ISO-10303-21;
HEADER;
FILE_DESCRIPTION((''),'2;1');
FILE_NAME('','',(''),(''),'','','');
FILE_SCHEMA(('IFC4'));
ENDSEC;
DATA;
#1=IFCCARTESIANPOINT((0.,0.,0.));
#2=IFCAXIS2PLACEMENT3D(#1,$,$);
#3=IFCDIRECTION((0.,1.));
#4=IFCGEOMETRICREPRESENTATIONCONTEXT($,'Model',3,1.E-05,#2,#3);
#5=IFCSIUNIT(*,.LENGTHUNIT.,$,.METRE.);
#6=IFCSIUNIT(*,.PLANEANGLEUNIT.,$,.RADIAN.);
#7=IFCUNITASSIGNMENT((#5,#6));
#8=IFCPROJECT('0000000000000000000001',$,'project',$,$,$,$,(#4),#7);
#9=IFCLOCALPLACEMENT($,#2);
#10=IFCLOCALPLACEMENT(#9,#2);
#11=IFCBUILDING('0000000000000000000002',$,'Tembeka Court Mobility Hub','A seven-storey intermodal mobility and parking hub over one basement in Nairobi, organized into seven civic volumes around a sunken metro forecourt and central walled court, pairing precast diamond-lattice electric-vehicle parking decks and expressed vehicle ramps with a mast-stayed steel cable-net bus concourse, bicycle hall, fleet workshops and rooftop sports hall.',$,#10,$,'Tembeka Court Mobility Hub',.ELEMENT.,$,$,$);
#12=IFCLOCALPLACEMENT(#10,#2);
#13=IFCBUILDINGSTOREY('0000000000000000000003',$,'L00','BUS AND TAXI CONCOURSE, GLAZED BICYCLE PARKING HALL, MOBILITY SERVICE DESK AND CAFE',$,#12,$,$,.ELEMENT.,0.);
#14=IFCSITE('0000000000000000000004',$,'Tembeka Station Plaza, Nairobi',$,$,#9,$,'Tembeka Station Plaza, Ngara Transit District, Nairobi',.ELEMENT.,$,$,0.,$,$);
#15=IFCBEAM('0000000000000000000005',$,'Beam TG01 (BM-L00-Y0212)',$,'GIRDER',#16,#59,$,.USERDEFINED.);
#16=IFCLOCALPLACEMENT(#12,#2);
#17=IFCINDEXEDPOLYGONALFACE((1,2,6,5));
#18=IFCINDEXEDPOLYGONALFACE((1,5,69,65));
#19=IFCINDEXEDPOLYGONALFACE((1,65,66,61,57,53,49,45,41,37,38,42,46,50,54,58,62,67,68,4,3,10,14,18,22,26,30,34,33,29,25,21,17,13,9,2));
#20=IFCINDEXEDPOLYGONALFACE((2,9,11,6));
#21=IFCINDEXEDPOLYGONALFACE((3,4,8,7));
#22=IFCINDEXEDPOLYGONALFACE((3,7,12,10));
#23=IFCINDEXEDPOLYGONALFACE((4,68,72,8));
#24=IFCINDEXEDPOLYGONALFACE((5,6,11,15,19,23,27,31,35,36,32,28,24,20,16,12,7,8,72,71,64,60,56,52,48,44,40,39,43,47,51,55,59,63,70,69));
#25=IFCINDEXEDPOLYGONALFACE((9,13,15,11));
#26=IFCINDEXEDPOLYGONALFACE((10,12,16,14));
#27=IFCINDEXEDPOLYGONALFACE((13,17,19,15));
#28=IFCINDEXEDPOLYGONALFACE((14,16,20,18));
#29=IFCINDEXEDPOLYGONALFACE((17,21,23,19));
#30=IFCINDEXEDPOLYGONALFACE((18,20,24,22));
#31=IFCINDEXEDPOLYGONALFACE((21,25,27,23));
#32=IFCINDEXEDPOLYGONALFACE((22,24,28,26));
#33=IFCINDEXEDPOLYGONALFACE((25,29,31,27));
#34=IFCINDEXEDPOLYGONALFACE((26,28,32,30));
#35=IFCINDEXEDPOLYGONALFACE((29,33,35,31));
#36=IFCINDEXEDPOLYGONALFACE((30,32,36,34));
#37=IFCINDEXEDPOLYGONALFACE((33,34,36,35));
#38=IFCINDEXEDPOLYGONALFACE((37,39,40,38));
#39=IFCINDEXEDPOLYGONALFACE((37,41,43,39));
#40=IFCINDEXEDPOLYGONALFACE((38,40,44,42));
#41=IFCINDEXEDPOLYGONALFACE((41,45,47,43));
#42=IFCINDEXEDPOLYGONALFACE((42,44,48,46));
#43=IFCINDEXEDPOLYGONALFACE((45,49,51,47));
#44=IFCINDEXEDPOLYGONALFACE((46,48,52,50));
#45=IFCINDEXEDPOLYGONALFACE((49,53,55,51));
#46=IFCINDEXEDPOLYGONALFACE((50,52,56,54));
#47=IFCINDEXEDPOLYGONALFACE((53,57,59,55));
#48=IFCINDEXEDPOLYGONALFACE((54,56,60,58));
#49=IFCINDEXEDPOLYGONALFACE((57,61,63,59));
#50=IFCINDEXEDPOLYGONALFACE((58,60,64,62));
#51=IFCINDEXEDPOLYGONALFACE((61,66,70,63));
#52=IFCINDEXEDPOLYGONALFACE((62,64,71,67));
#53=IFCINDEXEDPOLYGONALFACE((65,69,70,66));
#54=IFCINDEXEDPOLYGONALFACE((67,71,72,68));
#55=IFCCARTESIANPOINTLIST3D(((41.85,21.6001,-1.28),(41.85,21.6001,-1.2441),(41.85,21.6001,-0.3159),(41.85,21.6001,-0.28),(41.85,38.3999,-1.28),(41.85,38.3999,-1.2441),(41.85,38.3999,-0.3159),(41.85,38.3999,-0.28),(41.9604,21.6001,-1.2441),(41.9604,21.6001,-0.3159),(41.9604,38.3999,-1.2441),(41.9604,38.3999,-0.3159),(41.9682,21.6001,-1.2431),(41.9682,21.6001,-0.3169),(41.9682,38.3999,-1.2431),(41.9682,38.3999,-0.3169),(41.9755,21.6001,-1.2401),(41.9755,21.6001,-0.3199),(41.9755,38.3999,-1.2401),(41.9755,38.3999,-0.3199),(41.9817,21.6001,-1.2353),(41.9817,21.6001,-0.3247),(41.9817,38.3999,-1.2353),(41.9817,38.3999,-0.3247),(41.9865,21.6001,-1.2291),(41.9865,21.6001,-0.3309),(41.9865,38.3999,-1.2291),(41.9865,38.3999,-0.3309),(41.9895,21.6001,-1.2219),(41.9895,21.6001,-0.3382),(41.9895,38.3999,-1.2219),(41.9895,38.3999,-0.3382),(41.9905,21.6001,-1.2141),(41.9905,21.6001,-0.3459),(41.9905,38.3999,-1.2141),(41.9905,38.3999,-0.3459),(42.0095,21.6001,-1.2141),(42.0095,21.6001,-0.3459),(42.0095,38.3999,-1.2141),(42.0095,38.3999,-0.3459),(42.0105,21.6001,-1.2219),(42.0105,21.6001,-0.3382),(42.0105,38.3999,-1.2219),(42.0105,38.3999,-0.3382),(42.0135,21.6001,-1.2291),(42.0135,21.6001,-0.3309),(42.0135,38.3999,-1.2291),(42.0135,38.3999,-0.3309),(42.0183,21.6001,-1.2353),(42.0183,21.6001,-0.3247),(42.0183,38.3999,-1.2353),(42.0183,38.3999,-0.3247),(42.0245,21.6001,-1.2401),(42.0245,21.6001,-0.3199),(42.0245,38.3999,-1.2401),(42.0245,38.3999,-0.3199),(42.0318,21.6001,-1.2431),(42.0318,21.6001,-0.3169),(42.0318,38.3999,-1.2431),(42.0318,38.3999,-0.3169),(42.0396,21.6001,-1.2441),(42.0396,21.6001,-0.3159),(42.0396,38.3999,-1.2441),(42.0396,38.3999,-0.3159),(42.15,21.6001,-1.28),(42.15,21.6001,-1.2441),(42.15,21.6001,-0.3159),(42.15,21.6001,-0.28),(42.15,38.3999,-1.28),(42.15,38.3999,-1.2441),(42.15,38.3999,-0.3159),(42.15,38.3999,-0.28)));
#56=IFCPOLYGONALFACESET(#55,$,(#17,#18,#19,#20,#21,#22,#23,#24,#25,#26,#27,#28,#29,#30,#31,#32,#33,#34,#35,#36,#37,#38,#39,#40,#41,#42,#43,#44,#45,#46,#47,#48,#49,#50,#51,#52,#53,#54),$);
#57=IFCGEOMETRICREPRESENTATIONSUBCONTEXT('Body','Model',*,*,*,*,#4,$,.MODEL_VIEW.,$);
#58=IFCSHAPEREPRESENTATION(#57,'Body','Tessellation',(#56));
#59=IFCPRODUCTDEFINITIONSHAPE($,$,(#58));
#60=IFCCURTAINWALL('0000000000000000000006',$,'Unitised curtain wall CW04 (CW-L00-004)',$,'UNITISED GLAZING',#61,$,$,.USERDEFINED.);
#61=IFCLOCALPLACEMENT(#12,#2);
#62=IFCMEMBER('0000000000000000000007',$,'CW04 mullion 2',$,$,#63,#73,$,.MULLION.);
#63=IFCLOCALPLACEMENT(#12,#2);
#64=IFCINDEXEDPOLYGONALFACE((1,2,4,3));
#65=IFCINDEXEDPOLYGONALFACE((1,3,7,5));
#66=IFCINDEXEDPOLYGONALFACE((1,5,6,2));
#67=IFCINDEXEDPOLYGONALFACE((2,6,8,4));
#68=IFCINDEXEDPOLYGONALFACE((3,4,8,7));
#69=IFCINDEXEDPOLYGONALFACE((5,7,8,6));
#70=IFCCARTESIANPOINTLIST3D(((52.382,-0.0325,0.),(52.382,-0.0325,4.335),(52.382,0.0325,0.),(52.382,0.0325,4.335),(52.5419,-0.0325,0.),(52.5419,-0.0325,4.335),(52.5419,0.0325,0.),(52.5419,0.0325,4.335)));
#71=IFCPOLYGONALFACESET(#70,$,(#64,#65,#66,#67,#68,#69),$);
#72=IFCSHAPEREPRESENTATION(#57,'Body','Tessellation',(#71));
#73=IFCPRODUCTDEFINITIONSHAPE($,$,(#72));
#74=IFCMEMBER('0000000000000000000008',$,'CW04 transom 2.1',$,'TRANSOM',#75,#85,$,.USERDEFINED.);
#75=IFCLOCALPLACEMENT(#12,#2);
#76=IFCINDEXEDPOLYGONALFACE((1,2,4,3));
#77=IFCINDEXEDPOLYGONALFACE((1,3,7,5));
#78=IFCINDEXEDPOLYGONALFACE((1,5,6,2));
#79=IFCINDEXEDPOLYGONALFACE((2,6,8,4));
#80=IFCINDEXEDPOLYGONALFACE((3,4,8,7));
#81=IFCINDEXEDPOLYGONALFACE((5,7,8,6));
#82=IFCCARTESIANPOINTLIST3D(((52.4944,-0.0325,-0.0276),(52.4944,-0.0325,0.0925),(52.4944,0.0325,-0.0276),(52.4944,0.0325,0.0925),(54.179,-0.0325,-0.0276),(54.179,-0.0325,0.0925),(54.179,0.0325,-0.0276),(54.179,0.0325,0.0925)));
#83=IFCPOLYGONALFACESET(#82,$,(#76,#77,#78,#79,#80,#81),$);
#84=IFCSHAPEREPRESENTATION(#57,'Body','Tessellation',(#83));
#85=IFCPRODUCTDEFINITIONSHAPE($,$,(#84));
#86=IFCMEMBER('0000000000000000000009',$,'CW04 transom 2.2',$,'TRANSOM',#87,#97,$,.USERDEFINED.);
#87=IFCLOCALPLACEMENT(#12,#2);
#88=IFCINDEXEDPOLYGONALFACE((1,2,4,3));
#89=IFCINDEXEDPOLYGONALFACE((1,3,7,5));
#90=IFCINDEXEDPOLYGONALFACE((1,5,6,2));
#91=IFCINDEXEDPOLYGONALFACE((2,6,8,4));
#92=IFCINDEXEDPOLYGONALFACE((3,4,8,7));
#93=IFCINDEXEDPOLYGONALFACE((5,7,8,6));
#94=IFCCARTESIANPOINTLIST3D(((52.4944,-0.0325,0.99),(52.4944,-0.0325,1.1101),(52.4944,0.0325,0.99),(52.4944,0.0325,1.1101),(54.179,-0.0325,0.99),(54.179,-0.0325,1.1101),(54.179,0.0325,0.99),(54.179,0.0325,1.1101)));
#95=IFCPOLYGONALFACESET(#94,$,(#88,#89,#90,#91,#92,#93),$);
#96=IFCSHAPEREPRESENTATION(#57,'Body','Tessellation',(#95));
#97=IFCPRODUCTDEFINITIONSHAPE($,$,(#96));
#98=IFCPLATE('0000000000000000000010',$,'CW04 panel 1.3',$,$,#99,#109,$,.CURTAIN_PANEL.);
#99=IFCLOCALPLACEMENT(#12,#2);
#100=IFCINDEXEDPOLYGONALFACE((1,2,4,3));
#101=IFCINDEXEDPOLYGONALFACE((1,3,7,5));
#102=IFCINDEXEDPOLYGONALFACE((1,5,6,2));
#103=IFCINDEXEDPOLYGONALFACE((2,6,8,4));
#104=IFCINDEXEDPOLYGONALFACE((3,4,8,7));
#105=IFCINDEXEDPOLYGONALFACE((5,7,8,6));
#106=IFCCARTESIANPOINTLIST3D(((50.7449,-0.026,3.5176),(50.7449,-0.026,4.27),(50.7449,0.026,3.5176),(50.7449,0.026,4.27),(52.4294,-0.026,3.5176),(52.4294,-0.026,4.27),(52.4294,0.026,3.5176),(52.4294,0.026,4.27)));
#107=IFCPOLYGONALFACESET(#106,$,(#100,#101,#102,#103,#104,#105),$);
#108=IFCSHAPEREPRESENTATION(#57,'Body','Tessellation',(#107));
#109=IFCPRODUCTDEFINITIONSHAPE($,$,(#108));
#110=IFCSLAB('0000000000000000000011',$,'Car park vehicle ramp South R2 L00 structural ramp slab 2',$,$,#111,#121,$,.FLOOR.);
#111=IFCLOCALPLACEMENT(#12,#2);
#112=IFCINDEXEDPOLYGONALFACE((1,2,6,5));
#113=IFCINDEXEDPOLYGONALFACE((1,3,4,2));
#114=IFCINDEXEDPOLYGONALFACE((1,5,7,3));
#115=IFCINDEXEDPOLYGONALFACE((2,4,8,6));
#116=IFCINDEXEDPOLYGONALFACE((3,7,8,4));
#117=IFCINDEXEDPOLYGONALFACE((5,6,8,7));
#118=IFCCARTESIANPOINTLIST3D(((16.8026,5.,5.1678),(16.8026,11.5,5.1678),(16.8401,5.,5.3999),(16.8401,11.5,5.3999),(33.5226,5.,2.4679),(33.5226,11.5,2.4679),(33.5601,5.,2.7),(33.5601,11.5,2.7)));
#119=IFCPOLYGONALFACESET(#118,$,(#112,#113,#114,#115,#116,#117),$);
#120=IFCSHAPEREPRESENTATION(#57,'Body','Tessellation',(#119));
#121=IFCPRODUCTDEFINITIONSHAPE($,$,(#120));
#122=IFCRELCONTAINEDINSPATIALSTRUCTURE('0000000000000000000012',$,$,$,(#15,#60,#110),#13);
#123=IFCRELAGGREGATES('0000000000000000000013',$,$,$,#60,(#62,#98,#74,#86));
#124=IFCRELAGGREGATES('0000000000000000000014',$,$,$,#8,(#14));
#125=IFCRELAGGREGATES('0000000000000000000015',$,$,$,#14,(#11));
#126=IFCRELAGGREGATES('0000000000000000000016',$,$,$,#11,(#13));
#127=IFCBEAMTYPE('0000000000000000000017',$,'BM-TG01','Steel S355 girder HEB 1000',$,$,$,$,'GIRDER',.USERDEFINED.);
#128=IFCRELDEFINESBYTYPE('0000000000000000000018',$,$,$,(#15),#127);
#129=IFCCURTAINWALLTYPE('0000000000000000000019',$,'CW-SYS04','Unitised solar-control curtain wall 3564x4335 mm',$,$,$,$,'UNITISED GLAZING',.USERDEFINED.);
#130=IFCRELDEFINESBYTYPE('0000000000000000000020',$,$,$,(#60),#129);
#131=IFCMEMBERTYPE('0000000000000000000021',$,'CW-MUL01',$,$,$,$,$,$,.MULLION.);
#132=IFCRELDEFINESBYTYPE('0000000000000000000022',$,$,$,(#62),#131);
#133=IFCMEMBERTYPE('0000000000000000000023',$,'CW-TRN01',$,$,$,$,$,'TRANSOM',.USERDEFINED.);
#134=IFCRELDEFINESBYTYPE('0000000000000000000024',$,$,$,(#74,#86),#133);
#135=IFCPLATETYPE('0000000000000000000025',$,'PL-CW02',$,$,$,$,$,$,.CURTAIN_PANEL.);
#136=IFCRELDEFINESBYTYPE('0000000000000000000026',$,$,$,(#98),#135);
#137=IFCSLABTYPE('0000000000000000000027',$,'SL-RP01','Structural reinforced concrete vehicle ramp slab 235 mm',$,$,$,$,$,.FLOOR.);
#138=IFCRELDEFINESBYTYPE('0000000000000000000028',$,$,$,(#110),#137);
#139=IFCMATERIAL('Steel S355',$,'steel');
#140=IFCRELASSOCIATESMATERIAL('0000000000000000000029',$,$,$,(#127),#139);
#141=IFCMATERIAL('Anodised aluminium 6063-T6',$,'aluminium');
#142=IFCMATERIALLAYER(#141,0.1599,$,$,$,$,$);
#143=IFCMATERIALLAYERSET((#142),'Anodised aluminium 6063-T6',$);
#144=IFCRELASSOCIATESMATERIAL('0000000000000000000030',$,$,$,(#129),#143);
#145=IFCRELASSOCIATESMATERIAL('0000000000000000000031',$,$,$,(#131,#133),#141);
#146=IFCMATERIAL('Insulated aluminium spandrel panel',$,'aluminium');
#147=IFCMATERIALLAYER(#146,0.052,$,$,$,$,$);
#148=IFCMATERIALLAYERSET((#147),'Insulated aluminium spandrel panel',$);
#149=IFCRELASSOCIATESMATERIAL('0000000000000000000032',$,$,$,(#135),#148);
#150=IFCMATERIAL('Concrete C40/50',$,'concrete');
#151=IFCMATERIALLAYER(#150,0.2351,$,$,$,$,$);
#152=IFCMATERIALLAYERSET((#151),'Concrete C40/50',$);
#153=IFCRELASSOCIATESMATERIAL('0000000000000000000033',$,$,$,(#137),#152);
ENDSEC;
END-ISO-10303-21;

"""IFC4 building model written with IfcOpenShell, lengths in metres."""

from ifc_helpers import new_model, si_unit, direction, frame, origin, origin_2d, place, context, subcontext, project, spatial, polyline, rectangle, i_section, outline, extrude, material, layer, layer_set, material_profile, profile_set, type_object, element, aggregate, save


model = new_model("IFC4")

# Units and contexts
model_context = context("Model", 3, precision=1e-05, world=origin(), true_north=direction((0.0, 1.0)))
body_context = subcontext(model_context, "Body", "Model", "MODEL_VIEW")
ifc_project = project(units=[si_unit("LENGTHUNIT", "METRE"), si_unit("PLANEANGLEUNIT", "RADIAN")], contexts=[model_context])

# Site, building, storey
site_placement = place(None, origin())
site = spatial("IfcSite", under=ifc_project, at=site_placement, Name="Tembeka Station Plaza, Nairobi", LongName="Tembeka Station Plaza, Ngara Transit District, Nairobi", CompositionType="ELEMENT", RefElevation=0.0)
building_placement = place(site_placement, origin())
building = spatial("IfcBuilding", under=site, at=building_placement, Name="Tembeka Court Mobility Hub", Description="A seven-storey intermodal mobility and parking hub over one basement in Nairobi, organized into seven civic volumes around a sunken metro forecourt and central walled court, pairing precast diamond-lattice electric-vehicle parking decks and expressed vehicle ramps with a mast-stayed steel cable-net bus concourse, bicycle hall, fleet workshops and rooftop sports hall.", LongName="Tembeka Court Mobility Hub", CompositionType="ELEMENT")
storey_placement = place(building_placement, origin())
storey = spatial("IfcBuildingStorey", under=building, at=storey_placement, Name="L00", Description="BUS AND TAXI CONCOURSE, GLAZED BICYCLE PARKING HALL, MOBILITY SERVICE DESK AND CAFE", CompositionType="ELEMENT", Elevation=0.0)

# Shared definitions
ifc_material_1 = material(Name="Steel S355", Category="steel")

# Beam
ifc_material_2 = material(Name="Concrete C40/50", Category="concrete")
ifc_material_profile_1 = material_profile(ifc_material_1, i_section(OverallWidth=0.3, OverallDepth=1.0, WebThickness=0.019, FlangeThickness=0.0359, FilletRadius=0.03, at=origin_2d()), Name="HEB 1000")
ifc_profile_set_1 = profile_set([ifc_material_profile_1], Name="Steel S355")
beam_type_1 = type_object("IfcBeamType", Name="BM-TG01", Description="Steel S355 girder HEB 1000", ElementType="GIRDER", PredefinedType="USERDEFINED", material=ifc_profile_set_1)
for number, where, z_axis, x_axis, name in (
    (1, (42.0, 21.6001, -0.78), (0.0, 1.0, 0.0), (-1.0, 0.0, 0.0), "Beam TG01 (BM-L00-Y0212)"),
):
    element("IfcBeam", number, at=place(storey_placement, frame(where, z_axis=z_axis, x_axis=x_axis)), inside=storey, type_object=beam_type_1, Name=name, ObjectType="GIRDER", PredefinedType="USERDEFINED", context=body_context, shape_type="SweptSolid", body=[
        extrude(i_section(OverallWidth=0.3, OverallDepth=1.0, WebThickness=0.019, FlangeThickness=0.0359, FilletRadius=0.03, at=origin_2d()), origin(), (0.0, 0.0, 1.0), 16.7998),
    ])

# Curtain wall, members, plate
ifc_material_3 = material(Name="Anodised aluminium 6063-T6", Category="aluminium")
ifc_layer_1 = layer(ifc_material_3, 0.1599)
ifc_layer_set_1 = layer_set([ifc_layer_1], Name="Anodised aluminium 6063-T6")
curtain_wall_type = type_object("IfcCurtainWallType", Name="CW-SYS04", Description="Unitised solar-control curtain wall 3564x4335 mm", ElementType="UNITISED GLAZING", PredefinedType="USERDEFINED", material=ifc_layer_set_1)
curtain_wall_placement = place(storey_placement, origin())
curtain_wall = element("IfcCurtainWall", 2, at=curtain_wall_placement, inside=storey, type_object=curtain_wall_type, Name="Unitised curtain wall CW04 (CW-L00-004)", ObjectType="UNITISED GLAZING", PredefinedType="USERDEFINED")
ifc_material_profile_2 = material_profile(ifc_material_3, rectangle(XDim=0.0649, YDim=0.1599, at=origin_2d()), Name="ALU-MUL 65x160")
ifc_profile_set_2 = profile_set([ifc_material_profile_2], Name="Anodised aluminium 6063-T6")
member_type_1 = type_object("IfcMemberType", Name="CW-MUL01", PredefinedType="MULLION", material=ifc_profile_set_2)
member_1_placement = place(storey_placement, frame((52.4619, 0.0, 0.0), z_axis=(0.0, 0.0, 1.0), x_axis=(0.0, 1.0, 0.0)))
member_1 = element("IfcMember", 3, at=member_1_placement, type_object=member_type_1, Name="CW04 mullion 2", PredefinedType="MULLION", context=body_context, shape_type="SweptSolid", body=[
    extrude(rectangle(XDim=0.0649, YDim=0.1599, at=origin_2d()), origin(), (0.0, 0.0, 1.0), 4.335),
])
ifc_material_profile_3 = material_profile(ifc_material_3, rectangle(XDim=0.0649, YDim=0.1201, at=origin_2d()), Name="ALU-TRN 65x120")
ifc_profile_set_3 = profile_set([ifc_material_profile_3], Name="Anodised aluminium 6063-T6")
member_type_2 = type_object("IfcMemberType", Name="CW-TRN01", ElementType="TRANSOM", PredefinedType="USERDEFINED", material=ifc_profile_set_3)
member_2_placement = place(storey_placement, frame((52.4944, 0.0, 0.0325), z_axis=(1.0, 0.0, 0.0), x_axis=(0.0, 1.0, 0.0)))
member_2 = element("IfcMember", 4, at=member_2_placement, type_object=member_type_2, Name="CW04 transom 2.1", ObjectType="TRANSOM", PredefinedType="USERDEFINED", context=body_context, shape_type="SweptSolid", body=[
    extrude(rectangle(XDim=0.0649, YDim=0.1201, at=origin_2d()), origin(), (0.0, 0.0, 1.0), 1.6846),
])
member_3_placement = place(storey_placement, frame((52.4944, 0.0, 1.05), z_axis=(1.0, 0.0, 0.0), x_axis=(0.0, 1.0, 0.0)))
member_3 = element("IfcMember", 5, at=member_3_placement, type_object=member_type_2, Name="CW04 transom 2.2", ObjectType="TRANSOM", PredefinedType="USERDEFINED", context=body_context, shape_type="SweptSolid", body=[
    extrude(rectangle(XDim=0.0649, YDim=0.1201, at=origin_2d()), origin(), (0.0, 0.0, 1.0), 1.6846),
])
ifc_material_4 = material(Name="Insulated aluminium spandrel panel", Category="aluminium")
ifc_layer_2 = layer(ifc_material_4, 0.052)
ifc_layer_set_2 = layer_set([ifc_layer_2], Name="Insulated aluminium spandrel panel")
plate_type = type_object("IfcPlateType", Name="PL-CW02", PredefinedType="CURTAIN_PANEL", material=ifc_layer_set_2)
plate_placement = place(storey_placement, frame((51.5872, 0.0, 3.5176), z_axis=(0.0, 0.0, 1.0), x_axis=(1.0, 0.0, 0.0)))
plate = element("IfcPlate", 6, at=plate_placement, type_object=plate_type, Name="CW04 panel 1.3", PredefinedType="CURTAIN_PANEL", context=body_context, shape_type="SweptSolid", body=[
    extrude(rectangle(XDim=1.6846, YDim=0.052, at=origin_2d()), origin(), (0.0, 0.0, 1.0), 0.7524),
])
aggregate(curtain_wall, [member_1, plate, member_2, member_3])

# Slab
ifc_layer_3 = layer(ifc_material_2, 0.2351)
ifc_layer_set_3 = layer_set([ifc_layer_3], Name="Concrete C40/50")
slab_type = type_object("IfcSlabType", Name="SL-RP01", Description="Structural reinforced concrete vehicle ramp slab 235 mm", PredefinedType="FLOOR", material=ifc_layer_set_3)
slab_placement = place(storey_placement, frame((33.5601, 5.0, 2.7), z_axis=(0.159416, 0.0, 0.987212), x_axis=(-0.987212, 0.0, 0.159416)))
element("IfcSlab", 7, at=slab_placement, inside=storey, type_object=slab_type, Name="Car park vehicle ramp South R2 L00 structural ramp slab 2", PredefinedType="FLOOR", context=body_context, shape_type="SweptSolid", body=[
    extrude(outline(polyline([(0.0, 0.0), (16.9366, 0.0), (16.9366, -6.5), (0.0, -6.5), (0.0, 0.0)])), origin(), (0.0, 0.0, -1.0), 0.2351),
])

save(model, "model.ifc")
